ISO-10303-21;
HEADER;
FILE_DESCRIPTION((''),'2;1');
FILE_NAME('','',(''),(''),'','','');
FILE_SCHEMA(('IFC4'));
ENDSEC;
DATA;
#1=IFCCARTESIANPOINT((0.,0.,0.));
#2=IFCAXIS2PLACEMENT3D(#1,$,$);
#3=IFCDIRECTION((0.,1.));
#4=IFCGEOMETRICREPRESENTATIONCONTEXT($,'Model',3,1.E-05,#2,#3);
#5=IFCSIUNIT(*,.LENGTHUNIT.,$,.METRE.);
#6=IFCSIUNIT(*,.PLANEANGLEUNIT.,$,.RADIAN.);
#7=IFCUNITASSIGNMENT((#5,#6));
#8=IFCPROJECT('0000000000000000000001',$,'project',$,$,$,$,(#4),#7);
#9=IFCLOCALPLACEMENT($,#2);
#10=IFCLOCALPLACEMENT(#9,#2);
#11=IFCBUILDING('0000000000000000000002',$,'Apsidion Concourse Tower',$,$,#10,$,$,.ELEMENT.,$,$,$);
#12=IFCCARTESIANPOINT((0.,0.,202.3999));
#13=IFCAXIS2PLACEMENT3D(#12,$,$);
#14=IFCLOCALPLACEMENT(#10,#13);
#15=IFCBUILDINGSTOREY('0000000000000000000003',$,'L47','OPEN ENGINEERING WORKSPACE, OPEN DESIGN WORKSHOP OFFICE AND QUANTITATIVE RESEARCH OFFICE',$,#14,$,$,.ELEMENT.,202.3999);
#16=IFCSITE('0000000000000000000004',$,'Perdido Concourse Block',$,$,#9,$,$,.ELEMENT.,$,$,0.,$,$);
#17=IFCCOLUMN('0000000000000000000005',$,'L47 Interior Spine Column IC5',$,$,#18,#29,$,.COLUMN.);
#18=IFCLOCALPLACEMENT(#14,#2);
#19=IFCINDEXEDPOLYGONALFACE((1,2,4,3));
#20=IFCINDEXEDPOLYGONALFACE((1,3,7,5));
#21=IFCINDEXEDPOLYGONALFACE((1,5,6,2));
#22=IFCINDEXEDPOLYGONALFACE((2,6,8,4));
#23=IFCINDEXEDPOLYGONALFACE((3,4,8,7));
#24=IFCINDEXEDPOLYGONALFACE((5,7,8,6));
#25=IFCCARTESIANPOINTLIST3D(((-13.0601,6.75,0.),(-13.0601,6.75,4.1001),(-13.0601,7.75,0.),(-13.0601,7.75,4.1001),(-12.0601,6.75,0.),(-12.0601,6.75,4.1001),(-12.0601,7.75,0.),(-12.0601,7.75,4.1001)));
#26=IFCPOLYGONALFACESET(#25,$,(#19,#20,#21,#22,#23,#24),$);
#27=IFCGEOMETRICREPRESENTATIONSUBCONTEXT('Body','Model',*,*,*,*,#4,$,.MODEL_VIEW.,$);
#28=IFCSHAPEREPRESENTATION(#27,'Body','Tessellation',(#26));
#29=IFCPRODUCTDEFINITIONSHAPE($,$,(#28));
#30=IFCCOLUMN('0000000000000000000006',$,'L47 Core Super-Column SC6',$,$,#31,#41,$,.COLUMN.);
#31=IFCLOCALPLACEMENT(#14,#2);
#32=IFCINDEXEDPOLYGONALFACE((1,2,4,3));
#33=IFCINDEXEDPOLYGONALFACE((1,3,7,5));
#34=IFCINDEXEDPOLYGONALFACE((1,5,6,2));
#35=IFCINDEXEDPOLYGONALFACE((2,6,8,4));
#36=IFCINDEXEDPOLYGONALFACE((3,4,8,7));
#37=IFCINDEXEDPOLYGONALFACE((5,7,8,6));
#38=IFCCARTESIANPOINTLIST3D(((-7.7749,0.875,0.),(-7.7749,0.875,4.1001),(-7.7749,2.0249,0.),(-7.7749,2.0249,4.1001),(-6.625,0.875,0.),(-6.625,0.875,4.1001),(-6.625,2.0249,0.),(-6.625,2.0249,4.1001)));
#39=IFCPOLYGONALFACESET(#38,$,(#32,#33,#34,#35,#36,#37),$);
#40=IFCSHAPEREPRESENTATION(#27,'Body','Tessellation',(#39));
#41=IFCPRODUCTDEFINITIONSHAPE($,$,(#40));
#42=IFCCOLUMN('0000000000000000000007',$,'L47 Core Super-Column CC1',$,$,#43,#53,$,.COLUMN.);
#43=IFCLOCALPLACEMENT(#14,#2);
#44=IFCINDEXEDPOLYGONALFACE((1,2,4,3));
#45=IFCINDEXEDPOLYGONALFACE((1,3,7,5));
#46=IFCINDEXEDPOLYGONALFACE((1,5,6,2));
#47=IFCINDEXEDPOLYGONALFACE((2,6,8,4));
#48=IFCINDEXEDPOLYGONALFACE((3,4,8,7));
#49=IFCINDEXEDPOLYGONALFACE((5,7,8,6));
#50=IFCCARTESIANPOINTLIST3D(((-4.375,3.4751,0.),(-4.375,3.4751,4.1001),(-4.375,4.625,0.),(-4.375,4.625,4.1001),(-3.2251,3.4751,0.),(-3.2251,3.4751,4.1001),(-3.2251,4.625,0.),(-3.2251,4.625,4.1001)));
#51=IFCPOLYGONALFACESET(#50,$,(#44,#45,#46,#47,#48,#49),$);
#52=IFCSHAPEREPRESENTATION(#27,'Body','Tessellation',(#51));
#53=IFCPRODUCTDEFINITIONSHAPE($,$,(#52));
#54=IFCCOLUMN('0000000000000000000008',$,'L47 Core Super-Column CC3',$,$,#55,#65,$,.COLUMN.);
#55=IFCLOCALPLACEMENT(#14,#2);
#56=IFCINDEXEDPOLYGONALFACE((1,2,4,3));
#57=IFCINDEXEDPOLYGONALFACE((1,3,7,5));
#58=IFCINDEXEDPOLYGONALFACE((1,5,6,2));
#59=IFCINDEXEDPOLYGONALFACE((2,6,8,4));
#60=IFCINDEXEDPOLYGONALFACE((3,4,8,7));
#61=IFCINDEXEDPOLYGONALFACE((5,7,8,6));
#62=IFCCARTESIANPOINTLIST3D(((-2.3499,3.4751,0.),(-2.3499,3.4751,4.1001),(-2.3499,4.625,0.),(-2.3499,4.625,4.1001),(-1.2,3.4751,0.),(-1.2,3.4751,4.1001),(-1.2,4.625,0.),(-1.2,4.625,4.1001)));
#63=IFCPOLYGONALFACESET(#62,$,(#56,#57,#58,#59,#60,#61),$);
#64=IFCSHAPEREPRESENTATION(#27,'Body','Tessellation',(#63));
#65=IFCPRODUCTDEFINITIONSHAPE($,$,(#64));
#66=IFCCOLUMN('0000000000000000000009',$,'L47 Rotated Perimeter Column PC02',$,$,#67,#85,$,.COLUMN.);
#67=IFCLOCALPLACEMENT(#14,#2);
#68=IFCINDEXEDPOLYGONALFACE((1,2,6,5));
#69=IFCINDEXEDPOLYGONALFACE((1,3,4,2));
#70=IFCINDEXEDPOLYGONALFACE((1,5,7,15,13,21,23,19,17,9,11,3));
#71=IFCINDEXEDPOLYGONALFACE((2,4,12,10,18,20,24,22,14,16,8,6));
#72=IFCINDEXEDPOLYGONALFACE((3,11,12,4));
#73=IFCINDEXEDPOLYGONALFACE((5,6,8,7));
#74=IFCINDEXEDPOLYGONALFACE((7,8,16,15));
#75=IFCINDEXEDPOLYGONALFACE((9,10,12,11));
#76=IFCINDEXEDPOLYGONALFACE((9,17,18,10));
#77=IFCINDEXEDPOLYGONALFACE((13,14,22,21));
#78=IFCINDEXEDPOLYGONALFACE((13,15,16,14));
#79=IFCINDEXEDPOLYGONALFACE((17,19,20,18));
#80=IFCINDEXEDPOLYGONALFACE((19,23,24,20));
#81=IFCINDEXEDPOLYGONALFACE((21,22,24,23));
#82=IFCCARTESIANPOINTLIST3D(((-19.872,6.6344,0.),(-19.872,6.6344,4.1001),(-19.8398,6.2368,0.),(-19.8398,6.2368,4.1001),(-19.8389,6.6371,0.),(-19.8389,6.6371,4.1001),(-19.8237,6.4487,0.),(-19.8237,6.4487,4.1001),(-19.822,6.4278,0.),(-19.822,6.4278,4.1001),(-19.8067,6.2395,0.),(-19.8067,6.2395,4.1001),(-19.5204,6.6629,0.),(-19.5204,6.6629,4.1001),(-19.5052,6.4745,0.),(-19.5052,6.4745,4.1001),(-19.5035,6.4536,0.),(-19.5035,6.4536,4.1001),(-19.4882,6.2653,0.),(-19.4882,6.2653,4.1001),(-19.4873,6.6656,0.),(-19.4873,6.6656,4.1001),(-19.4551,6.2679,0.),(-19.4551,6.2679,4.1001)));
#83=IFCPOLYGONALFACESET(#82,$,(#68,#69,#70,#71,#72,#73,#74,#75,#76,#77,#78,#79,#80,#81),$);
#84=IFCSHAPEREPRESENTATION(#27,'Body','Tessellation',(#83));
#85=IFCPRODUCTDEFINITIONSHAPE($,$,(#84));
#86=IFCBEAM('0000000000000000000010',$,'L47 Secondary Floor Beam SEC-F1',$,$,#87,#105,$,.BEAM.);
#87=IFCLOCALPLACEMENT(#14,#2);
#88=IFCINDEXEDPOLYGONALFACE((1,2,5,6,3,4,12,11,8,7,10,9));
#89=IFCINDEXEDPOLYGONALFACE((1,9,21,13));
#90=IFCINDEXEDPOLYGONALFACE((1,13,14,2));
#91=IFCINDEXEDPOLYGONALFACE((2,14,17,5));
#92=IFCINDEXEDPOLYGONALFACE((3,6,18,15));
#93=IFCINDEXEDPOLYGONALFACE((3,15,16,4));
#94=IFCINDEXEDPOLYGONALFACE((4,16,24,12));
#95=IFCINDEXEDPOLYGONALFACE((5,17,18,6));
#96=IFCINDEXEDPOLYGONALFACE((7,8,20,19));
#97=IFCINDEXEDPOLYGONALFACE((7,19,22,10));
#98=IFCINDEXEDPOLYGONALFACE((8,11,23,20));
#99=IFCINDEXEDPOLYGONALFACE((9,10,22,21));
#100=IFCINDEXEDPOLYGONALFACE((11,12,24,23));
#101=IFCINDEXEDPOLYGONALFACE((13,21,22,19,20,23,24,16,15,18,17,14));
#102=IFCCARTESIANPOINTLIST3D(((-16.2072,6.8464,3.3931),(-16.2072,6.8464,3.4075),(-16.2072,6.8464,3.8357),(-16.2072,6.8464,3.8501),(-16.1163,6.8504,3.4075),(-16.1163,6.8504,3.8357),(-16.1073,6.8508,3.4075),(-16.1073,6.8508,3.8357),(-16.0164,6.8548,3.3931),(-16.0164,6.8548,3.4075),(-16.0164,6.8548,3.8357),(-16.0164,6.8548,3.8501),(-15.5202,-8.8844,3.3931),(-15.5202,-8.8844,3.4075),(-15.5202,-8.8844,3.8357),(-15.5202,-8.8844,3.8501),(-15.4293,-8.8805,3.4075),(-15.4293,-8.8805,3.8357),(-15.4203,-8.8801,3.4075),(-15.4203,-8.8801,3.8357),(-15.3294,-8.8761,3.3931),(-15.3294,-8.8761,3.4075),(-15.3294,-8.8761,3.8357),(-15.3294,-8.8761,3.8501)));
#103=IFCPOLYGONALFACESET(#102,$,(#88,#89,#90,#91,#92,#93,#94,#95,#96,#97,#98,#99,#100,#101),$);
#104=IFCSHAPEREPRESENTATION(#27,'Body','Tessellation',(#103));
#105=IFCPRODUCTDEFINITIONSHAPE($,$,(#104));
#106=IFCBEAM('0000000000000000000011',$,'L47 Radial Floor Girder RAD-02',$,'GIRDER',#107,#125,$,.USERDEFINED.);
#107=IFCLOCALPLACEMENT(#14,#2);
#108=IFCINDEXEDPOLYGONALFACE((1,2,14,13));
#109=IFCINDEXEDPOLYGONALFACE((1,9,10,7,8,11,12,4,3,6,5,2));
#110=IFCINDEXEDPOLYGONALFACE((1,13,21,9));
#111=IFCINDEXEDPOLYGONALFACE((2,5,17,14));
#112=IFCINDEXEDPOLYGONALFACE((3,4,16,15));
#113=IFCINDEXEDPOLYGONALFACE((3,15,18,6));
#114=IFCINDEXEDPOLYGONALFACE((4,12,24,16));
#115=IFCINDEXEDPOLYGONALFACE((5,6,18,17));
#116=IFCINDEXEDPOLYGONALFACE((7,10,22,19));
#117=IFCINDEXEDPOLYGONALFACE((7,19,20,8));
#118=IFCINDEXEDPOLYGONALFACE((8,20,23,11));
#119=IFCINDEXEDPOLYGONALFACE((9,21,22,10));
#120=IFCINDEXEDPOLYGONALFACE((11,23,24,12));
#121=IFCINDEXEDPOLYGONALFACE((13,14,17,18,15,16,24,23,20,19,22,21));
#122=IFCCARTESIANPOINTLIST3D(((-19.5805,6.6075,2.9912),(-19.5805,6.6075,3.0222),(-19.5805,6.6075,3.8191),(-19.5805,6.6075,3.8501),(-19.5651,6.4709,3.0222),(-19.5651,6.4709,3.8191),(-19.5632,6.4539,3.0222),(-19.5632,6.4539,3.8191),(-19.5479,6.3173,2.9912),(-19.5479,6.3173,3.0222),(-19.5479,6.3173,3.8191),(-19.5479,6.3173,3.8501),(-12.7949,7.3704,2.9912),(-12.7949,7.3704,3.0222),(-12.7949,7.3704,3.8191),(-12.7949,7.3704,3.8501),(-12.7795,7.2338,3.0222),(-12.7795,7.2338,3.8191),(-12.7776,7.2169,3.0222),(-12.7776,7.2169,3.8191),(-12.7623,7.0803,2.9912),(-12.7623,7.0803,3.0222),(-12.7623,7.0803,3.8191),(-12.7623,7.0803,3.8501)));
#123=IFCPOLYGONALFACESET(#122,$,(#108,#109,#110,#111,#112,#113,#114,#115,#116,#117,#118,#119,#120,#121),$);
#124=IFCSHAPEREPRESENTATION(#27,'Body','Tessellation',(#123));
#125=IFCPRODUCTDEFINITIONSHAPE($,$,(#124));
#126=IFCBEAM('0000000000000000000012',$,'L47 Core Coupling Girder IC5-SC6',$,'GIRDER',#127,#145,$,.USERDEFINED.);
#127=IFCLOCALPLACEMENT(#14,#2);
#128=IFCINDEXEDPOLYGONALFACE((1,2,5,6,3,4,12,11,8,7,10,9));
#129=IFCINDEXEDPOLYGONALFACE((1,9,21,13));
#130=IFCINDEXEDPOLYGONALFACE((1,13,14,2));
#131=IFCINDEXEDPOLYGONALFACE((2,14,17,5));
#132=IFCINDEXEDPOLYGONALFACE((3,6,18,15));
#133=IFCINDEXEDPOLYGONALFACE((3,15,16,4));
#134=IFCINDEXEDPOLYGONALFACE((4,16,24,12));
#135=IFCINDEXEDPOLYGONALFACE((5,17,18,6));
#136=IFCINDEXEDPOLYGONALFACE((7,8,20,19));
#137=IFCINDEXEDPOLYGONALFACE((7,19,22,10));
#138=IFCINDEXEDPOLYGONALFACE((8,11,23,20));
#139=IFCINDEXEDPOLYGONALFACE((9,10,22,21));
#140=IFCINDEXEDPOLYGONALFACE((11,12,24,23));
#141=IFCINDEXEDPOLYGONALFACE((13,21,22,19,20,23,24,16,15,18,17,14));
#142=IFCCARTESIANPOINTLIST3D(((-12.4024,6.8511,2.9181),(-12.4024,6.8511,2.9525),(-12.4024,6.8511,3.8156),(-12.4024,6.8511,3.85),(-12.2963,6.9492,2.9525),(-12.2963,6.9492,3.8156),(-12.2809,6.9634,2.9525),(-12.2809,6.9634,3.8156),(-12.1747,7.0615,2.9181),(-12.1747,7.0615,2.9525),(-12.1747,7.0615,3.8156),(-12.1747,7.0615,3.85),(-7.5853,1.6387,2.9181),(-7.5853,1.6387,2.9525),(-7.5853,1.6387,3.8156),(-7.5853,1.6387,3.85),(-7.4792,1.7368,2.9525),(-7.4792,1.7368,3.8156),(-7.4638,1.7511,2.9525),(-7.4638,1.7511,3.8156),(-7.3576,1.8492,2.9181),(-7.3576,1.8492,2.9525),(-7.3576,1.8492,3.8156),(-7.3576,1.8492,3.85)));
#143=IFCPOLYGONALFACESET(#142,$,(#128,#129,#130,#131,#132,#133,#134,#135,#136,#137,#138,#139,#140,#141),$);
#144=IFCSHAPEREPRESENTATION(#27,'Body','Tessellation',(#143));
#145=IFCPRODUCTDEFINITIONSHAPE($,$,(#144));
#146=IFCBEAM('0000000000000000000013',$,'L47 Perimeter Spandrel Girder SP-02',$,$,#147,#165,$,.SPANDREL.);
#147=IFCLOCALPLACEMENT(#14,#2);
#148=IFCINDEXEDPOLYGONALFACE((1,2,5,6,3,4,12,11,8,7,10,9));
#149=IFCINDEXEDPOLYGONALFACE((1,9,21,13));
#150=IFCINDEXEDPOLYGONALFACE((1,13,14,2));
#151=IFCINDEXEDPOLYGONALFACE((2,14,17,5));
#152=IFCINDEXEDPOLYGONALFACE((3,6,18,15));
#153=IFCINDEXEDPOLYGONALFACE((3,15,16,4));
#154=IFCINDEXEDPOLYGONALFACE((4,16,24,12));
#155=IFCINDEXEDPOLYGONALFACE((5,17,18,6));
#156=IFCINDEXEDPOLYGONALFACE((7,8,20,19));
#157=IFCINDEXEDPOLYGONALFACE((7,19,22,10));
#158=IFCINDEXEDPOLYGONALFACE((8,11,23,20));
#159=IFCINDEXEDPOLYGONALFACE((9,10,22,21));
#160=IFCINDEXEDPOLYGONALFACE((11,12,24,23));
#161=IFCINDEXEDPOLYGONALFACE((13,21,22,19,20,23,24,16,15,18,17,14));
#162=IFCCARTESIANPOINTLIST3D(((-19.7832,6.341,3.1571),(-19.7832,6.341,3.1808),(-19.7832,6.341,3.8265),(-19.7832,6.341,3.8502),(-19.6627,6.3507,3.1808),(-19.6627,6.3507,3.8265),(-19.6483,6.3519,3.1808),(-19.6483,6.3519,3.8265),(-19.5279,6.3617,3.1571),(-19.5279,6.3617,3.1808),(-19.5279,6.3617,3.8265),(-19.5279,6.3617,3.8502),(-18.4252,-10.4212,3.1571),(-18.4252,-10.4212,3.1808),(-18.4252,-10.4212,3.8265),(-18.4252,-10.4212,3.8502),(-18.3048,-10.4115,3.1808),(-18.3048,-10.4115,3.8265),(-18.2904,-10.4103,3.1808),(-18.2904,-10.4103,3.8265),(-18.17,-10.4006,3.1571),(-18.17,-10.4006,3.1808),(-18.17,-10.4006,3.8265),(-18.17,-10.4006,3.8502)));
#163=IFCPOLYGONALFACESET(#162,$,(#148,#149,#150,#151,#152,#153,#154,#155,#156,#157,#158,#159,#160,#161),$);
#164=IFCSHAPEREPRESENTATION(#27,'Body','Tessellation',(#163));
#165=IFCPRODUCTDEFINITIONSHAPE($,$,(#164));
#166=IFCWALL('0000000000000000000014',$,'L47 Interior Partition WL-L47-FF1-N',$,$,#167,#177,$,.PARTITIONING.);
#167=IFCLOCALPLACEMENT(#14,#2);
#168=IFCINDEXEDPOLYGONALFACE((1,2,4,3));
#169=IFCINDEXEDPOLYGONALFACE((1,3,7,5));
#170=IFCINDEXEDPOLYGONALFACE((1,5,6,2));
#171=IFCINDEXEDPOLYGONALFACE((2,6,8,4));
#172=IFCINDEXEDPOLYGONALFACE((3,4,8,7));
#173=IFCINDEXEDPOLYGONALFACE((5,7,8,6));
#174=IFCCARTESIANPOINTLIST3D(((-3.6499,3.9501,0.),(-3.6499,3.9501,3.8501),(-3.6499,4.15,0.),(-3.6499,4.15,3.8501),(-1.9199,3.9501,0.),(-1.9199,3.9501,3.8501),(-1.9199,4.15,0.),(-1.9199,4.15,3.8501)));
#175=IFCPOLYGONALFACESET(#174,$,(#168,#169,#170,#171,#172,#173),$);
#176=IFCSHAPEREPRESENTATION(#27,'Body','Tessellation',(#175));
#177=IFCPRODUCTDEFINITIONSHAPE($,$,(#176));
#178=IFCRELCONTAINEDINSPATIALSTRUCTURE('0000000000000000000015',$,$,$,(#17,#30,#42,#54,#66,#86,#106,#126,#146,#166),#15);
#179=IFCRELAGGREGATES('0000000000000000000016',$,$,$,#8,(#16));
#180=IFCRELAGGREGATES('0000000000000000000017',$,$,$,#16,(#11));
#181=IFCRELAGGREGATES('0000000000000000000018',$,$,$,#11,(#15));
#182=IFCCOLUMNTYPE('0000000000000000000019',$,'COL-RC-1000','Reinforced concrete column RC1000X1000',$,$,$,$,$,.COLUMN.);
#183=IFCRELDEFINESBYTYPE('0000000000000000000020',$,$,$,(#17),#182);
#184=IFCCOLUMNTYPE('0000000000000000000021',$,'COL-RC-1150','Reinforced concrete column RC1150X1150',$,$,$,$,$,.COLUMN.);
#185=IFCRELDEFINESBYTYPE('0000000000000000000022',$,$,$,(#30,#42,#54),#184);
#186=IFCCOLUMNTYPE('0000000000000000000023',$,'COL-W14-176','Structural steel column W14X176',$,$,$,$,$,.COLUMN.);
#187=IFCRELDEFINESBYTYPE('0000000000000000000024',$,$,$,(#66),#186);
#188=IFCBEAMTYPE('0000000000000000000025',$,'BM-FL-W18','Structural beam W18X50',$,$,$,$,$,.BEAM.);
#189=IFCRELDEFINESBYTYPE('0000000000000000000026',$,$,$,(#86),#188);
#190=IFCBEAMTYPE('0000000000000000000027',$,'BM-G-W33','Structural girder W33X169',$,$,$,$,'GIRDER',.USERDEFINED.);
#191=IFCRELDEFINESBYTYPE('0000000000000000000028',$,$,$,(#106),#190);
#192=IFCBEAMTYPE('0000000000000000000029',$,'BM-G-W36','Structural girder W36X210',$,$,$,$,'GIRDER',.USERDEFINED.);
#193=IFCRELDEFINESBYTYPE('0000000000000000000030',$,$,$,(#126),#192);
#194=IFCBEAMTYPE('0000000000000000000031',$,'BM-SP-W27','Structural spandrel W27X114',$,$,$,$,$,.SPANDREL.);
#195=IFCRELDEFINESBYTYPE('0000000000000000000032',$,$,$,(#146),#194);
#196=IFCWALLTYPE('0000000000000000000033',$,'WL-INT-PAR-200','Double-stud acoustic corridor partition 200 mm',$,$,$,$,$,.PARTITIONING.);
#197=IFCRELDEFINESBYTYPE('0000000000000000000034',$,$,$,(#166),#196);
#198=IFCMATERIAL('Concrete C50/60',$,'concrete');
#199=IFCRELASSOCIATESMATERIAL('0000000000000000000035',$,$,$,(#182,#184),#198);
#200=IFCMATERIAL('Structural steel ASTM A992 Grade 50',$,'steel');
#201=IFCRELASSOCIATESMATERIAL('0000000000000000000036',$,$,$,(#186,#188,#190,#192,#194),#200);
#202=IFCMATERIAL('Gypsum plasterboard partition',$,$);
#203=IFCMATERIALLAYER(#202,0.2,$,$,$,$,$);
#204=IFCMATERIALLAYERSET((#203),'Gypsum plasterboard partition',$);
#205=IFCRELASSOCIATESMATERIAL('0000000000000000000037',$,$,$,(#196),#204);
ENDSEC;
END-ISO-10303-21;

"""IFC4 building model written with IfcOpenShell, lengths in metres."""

from ifc_helpers import new_model, si_unit, direction, frame, frame_2d, origin, origin_2d, place, context, subcontext, project, spatial, rectangle, i_section, extrude, material, layer, layer_set, material_profile, profile_set, type_object, element, save


model = new_model("IFC4")

# Units and contexts
model_context = context("Model", 3, precision=1e-05, world=origin(), true_north=direction((0.0, 1.0)))
body_context = subcontext(model_context, "Body", "Model", "MODEL_VIEW")
ifc_project = project(units=[si_unit("LENGTHUNIT", "METRE"), si_unit("PLANEANGLEUNIT", "RADIAN")], contexts=[model_context])

# Site, building, storey
site_placement = place(None, origin())
site = spatial("IfcSite", under=ifc_project, at=site_placement, Name="Perdido Concourse Block", CompositionType="ELEMENT", RefElevation=0.0)
building_placement = place(site_placement, origin())
building = spatial("IfcBuilding", under=site, at=building_placement, Name="Apsidion Concourse Tower", CompositionType="ELEMENT")
storey_placement = place(building_placement, frame((0.0, 0.0, 202.3999)))
storey = spatial("IfcBuildingStorey", under=building, at=storey_placement, Name="L47", Description="OPEN ENGINEERING WORKSPACE, OPEN DESIGN WORKSHOP OFFICE AND QUANTITATIVE RESEARCH OFFICE", CompositionType="ELEMENT", Elevation=202.3999)

# Columns
ifc_material_1 = material(Name="Concrete C50/60", Category="concrete")
ifc_material_profile_1 = material_profile(ifc_material_1, rectangle(XDim=1.0, YDim=1.0, at=origin_2d()), Name="RC 1000x1000")
ifc_profile_set_1 = profile_set([ifc_material_profile_1], Name="Concrete C50/60")
column_type_1 = type_object("IfcColumnType", Name="COL-RC-1000", Description="Reinforced concrete column RC1000X1000", PredefinedType="COLUMN", material=ifc_profile_set_1)
column_1_placement = place(storey_placement, frame((-12.5601, 7.25, 0.0), z_axis=(0.0, 0.0, 1.0), x_axis=(1.0, 0.0, 0.0)))
element("IfcColumn", 1, at=column_1_placement, inside=storey, type_object=column_type_1, Name="L47 Interior Spine Column IC5", PredefinedType="COLUMN", context=body_context, shape_type="SweptSolid", body=[
    extrude(rectangle(XDim=1.0, YDim=1.0, at=origin_2d()), origin(), (0.0, 0.0, 1.0), 4.1001),
])
ifc_material_profile_2 = material_profile(ifc_material_1, rectangle(XDim=1.1499, YDim=1.1499, at=origin_2d()), Name="RC 1150x1150")
ifc_profile_set_2 = profile_set([ifc_material_profile_2], Name="Concrete C50/60")
column_type_2 = type_object("IfcColumnType", Name="COL-RC-1150", Description="Reinforced concrete column RC1150X1150", PredefinedType="COLUMN", material=ifc_profile_set_2)
for number, where, z_axis, x_axis, name in (
    (2, (-7.2, 1.45, 0.0), (0.0, 0.0, 1.0), (1.0, 0.0, 0.0), "L47 Core Super-Column SC6"),
    (3, (-3.8, 4.05, 0.0), (0.0, 0.0, 1.0), (1.0, 0.0, 0.0), "L47 Core Super-Column CC1"),
    (4, (-1.7749, 4.05, 0.0), (0.0, 0.0, 1.0), (1.0, 0.0, 0.0), "L47 Core Super-Column CC3"),
):
    element("IfcColumn", number, at=place(storey_placement, frame(where, z_axis=z_axis, x_axis=x_axis)), inside=storey, type_object=column_type_2, Name=name, PredefinedType="COLUMN", context=body_context, shape_type="SweptSolid", body=[
        extrude(rectangle(XDim=1.1499, YDim=1.1499, at=origin_2d()), origin(), (0.0, 0.0, 1.0), 4.1001),
    ])
ifc_material_2 = material(Name="Structural steel ASTM A992 Grade 50", Category="steel")
ifc_material_profile_3 = material_profile(ifc_material_2, i_section(OverallWidth=0.3989, OverallDepth=0.386, WebThickness=0.021, FlangeThickness=0.0332, at=origin_2d()), Name="W14X176")
ifc_profile_set_3 = profile_set([ifc_material_profile_3], Name="Structural steel ASTM A992 Grade 50")
column_type_3 = type_object("IfcColumnType", Name="COL-W14-176", Description="Structural steel column W14X176", PredefinedType="COLUMN", material=ifc_profile_set_3)
column_2_placement = place(storey_placement, frame((-19.6636, 6.4512, 0.0), z_axis=(0.0, 0.0, 1.0), x_axis=(-0.080721, 0.996737, 0.0)))
element("IfcColumn", 5, at=column_2_placement, inside=storey, type_object=column_type_3, Name="L47 Rotated Perimeter Column PC02", PredefinedType="COLUMN", context=body_context, shape_type="SweptSolid", body=[
    extrude(i_section(OverallWidth=0.3989, OverallDepth=0.386, WebThickness=0.021, FlangeThickness=0.0332, at=origin_2d()), origin(), (0.0, 0.0, 1.0), 4.1001),
])

# Beams
ifc_material_profile_4 = material_profile(ifc_material_2, i_section(OverallWidth=0.1909, OverallDepth=0.457, WebThickness=0.009, FlangeThickness=0.0144, at=origin_2d()), Name="W18X50")
ifc_profile_set_4 = profile_set([ifc_material_profile_4], Name="Structural steel ASTM A992 Grade 50")
beam_type_1 = type_object("IfcBeamType", Name="BM-FL-W18", Description="Structural beam W18X50", PredefinedType="BEAM", material=ifc_profile_set_4)
beam_1_placement = place(storey_placement, frame((-16.1118, 6.8506, 3.6216), z_axis=(0.043631, -0.999048, 0.0), x_axis=(0.999048, 0.043631, 0.0)))
element("IfcBeam", 6, at=beam_1_placement, inside=storey, type_object=beam_type_1, Name="L47 Secondary Floor Beam SEC-F1", PredefinedType="BEAM", context=body_context, shape_type="SweptSolid", body=[
    extrude(i_section(OverallWidth=0.1909, OverallDepth=0.457, WebThickness=0.009, FlangeThickness=0.0144, at=origin_2d()), origin(), (0.0, 0.0, 1.0), 15.7458),
])
ifc_material_profile_5 = material_profile(ifc_material_2, i_section(OverallWidth=0.292, OverallDepth=0.8589, WebThickness=0.0171, FlangeThickness=0.031, at=origin_2d()), Name="W33X169")
ifc_profile_set_5 = profile_set([ifc_material_profile_5], Name="Structural steel ASTM A992 Grade 50")
beam_type_2 = type_object("IfcBeamType", Name="BM-G-W33", Description="Structural girder W33X169", ElementType="GIRDER", PredefinedType="USERDEFINED", material=ifc_profile_set_5)
beam_2_placement = place(storey_placement, frame((-12.7786, 7.2253, 3.4207), z_axis=(-0.993739, -0.11173, 0.0), x_axis=(0.11173, -0.993739, 0.0)))
element("IfcBeam", 7, at=beam_2_placement, inside=storey, type_object=beam_type_2, Name="L47 Radial Floor Girder RAD-02", ObjectType="GIRDER", PredefinedType="USERDEFINED", context=body_context, shape_type="SweptSolid", body=[
    extrude(i_section(OverallWidth=0.292, OverallDepth=0.8589, WebThickness=0.0171, FlangeThickness=0.031, at=origin_2d()), origin(), (0.0, 0.0, 1.0), 6.8284),
])
ifc_material_profile_6 = material_profile(ifc_material_2, i_section(OverallWidth=0.3101, OverallDepth=0.9319, WebThickness=0.021, FlangeThickness=0.0344, at=origin_2d()), Name="W36X210")
ifc_profile_set_6 = profile_set([ifc_material_profile_6], Name="Structural steel ASTM A992 Grade 50")
beam_type_3 = type_object("IfcBeamType", Name="BM-G-W36", Description="Structural girder W36X210", ElementType="GIRDER", PredefinedType="USERDEFINED", material=ifc_profile_set_6)
beam_3_placement = place(storey_placement, frame((-12.2886, 6.9563, 3.384), z_axis=(0.678713, -0.734404, 0.0), x_axis=(0.734404, 0.678713, 0.0)))
element("IfcBeam", 8, at=beam_3_placement, inside=storey, type_object=beam_type_3, Name="L47 Core Coupling Girder IC5-SC6", ObjectType="GIRDER", PredefinedType="USERDEFINED", context=body_context, shape_type="SweptSolid", body=[
    extrude(i_section(OverallWidth=0.3101, OverallDepth=0.9319, WebThickness=0.021, FlangeThickness=0.0344, at=origin_2d()), origin(), (0.0, 0.0, 1.0), 7.0974),
])
ifc_material_profile_7 = material_profile(ifc_material_2, i_section(OverallWidth=0.2561, OverallDepth=0.6931, WebThickness=0.0144, FlangeThickness=0.0237, at=origin_2d()), Name="W27X114")
ifc_profile_set_7 = profile_set([ifc_material_profile_7], Name="Structural steel ASTM A992 Grade 50")
beam_type_4 = type_object("IfcBeamType", Name="BM-SP-W27", Description="Structural spandrel W27X114", PredefinedType="SPANDREL", material=ifc_profile_set_7)
beam_4_placement = place(storey_placement, frame((-19.6555, 6.3513, 3.5037), z_axis=(0.080746, -0.996735, 0.0), x_axis=(0.996735, 0.080746, 0.0)))
element("IfcBeam", 9, at=beam_4_placement, inside=storey, type_object=beam_type_4, Name="L47 Perimeter Spandrel Girder SP-02", PredefinedType="SPANDREL", context=body_context, shape_type="SweptSolid", body=[
    extrude(i_section(OverallWidth=0.2561, OverallDepth=0.6931, WebThickness=0.0144, FlangeThickness=0.0237, at=origin_2d()), origin(), (0.0, 0.0, 1.0), 16.8171),
])

# Wall
ifc_material_3 = material(Name="Gypsum plasterboard partition")
ifc_layer_1 = layer(ifc_material_3, 0.2)
ifc_layer_set_1 = layer_set([ifc_layer_1], Name="Gypsum plasterboard partition")
wall_type_1 = type_object("IfcWallType", Name="WL-INT-PAR-200", Description="Double-stud acoustic corridor partition 200 mm", PredefinedType="PARTITIONING", material=ifc_layer_set_1)
wall_1_placement = place(storey_placement, frame((-3.6499, 4.05, 0.0), z_axis=(0.0, 0.0, 1.0), x_axis=(1.0, 0.0, 0.0)))
element("IfcWall", 10, at=wall_1_placement, inside=storey, type_object=wall_type_1, Name="L47 Interior Partition WL-L47-FF1-N", PredefinedType="PARTITIONING", context=body_context, shape_type="SweptSolid", body=[
    extrude(rectangle(XDim=1.73, YDim=0.2, at=frame_2d((0.865, 0.0))), origin(), (0.0, 0.0, 1.0), 3.8501),
])

save(model, "model.ifc")
